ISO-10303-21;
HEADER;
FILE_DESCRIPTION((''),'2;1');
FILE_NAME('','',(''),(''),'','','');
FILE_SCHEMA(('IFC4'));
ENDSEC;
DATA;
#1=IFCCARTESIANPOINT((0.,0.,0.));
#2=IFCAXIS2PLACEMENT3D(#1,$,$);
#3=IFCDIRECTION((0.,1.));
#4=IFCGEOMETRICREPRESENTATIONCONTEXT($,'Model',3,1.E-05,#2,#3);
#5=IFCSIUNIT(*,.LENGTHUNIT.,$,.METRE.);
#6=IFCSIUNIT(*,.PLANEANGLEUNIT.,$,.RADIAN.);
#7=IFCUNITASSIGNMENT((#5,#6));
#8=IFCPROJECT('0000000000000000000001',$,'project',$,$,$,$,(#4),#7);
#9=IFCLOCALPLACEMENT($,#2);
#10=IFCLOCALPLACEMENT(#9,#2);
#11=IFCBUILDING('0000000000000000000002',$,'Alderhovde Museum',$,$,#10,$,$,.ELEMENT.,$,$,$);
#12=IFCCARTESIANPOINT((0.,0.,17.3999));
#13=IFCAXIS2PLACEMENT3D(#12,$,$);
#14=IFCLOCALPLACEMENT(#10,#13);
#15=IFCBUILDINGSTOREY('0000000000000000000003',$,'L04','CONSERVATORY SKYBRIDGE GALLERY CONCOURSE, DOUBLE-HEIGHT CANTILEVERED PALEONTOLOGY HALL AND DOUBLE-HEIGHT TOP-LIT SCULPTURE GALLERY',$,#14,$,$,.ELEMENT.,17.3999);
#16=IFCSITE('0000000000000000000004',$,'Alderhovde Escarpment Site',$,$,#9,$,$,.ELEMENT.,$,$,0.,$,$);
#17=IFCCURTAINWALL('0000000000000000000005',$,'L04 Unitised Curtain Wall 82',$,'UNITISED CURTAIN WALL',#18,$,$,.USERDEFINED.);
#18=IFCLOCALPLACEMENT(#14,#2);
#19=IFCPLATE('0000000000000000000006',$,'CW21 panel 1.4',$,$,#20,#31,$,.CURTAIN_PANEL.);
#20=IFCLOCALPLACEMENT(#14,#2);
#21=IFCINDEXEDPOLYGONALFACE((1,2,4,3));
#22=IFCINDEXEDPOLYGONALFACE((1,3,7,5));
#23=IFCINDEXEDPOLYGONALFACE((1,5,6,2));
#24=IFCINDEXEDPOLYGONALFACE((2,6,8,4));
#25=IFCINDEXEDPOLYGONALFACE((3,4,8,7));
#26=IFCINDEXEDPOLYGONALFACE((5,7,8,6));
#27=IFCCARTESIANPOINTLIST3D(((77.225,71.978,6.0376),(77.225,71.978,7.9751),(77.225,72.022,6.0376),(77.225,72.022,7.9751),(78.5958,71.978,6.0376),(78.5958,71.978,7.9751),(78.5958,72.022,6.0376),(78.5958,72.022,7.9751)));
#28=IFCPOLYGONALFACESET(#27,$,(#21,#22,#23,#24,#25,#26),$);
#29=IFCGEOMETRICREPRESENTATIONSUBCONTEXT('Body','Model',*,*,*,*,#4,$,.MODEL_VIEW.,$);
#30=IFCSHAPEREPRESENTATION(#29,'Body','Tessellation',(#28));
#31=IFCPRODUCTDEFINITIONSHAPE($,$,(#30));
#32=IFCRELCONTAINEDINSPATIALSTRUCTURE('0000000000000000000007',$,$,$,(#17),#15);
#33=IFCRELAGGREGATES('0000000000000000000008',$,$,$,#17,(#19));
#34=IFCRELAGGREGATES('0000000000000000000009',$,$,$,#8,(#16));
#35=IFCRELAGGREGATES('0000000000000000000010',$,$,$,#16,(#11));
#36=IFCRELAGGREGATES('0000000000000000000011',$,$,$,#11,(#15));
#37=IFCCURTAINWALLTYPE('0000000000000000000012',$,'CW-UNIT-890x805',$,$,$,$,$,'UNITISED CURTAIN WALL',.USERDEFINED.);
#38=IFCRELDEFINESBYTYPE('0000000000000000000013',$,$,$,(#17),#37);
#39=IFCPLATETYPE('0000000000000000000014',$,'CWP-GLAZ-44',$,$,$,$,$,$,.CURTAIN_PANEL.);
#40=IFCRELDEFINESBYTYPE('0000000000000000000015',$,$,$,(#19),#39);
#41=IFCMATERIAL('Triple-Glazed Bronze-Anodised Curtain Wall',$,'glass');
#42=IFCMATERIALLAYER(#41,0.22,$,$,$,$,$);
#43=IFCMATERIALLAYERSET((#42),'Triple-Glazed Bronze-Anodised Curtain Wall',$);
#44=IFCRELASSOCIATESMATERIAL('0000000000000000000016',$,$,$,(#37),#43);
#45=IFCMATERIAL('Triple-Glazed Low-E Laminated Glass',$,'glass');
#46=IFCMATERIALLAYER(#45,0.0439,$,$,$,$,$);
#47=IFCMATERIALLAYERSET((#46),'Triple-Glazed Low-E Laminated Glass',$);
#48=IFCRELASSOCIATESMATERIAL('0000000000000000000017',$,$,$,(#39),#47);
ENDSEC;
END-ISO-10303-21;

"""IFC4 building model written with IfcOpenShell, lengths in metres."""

from ifc_helpers import new_model, si_unit, direction, frame, origin, origin_2d, place, context, subcontext, project, spatial, rectangle, extrude, material, layer, layer_set, type_object, element, aggregate, save


model = new_model("IFC4")

# Units and contexts
model_context = context("Model", 3, precision=1e-05, world=origin(), true_north=direction((0.0, 1.0)))
body_context = subcontext(model_context, "Body", "Model", "MODEL_VIEW")
ifc_project = project(units=[si_unit("LENGTHUNIT", "METRE"), si_unit("PLANEANGLEUNIT", "RADIAN")], contexts=[model_context])

# Site, building, storey
site_placement = place(None, origin())
site = spatial("IfcSite", under=ifc_project, at=site_placement, Name="Alderhovde Escarpment Site", CompositionType="ELEMENT", RefElevation=0.0)
building_placement = place(site_placement, origin())
building = spatial("IfcBuilding", under=site, at=building_placement, Name="Alderhovde Museum", CompositionType="ELEMENT")
storey_placement = place(building_placement, frame((0.0, 0.0, 17.3999)))
storey = spatial("IfcBuildingStorey", under=building, at=storey_placement, Name="L04", Description="CONSERVATORY SKYBRIDGE GALLERY CONCOURSE, DOUBLE-HEIGHT CANTILEVERED PALEONTOLOGY HALL AND DOUBLE-HEIGHT TOP-LIT SCULPTURE GALLERY", CompositionType="ELEMENT", Elevation=17.3999)

# Curtain wall
ifc_material_1 = material(Name="Triple-Glazed Bronze-Anodised Curtain Wall", Category="glass")
ifc_layer_1 = layer(ifc_material_1, 0.22)
ifc_layer_set_1 = layer_set([ifc_layer_1], Name="Triple-Glazed Bronze-Anodised Curtain Wall")
curtain_wall_type_1 = type_object("IfcCurtainWallType", Name="CW-UNIT-890x805", ElementType="UNITISED CURTAIN WALL", PredefinedType="USERDEFINED", material=ifc_layer_set_1)
curtain_wall_1_placement = place(storey_placement, origin())
curtain_wall_1 = element("IfcCurtainWall", 1, at=curtain_wall_1_placement, inside=storey, type_object=curtain_wall_type_1, Name="L04 Unitised Curtain Wall 82", ObjectType="UNITISED CURTAIN WALL", PredefinedType="USERDEFINED")

# Plate
ifc_material_2 = material(Name="Triple-Glazed Low-E Laminated Glass", Category="glass")
ifc_layer_2 = layer(ifc_material_2, 0.0439)
ifc_layer_set_2 = layer_set([ifc_layer_2], Name="Triple-Glazed Low-E Laminated Glass")
plate_type_1 = type_object("IfcPlateType", Name="CWP-GLAZ-44", PredefinedType="CURTAIN_PANEL", material=ifc_layer_set_2)
plate_1_placement = place(storey_placement, frame((77.9104, 72.0, 6.0376), z_axis=(0.0, 0.0, 1.0), x_axis=(1.0, 0.0, 0.0)))
plate_1 = element("IfcPlate", 2, at=plate_1_placement, type_object=plate_type_1, Name="CW21 panel 1.4", PredefinedType="CURTAIN_PANEL", context=body_context, shape_type="SweptSolid", body=[
    extrude(rectangle(XDim=1.3708, YDim=0.0439, at=origin_2d()), origin(), (0.0, 0.0, 1.0), 1.9375),
])
aggregate(curtain_wall_1, [plate_1])

save(model, "model.ifc")
